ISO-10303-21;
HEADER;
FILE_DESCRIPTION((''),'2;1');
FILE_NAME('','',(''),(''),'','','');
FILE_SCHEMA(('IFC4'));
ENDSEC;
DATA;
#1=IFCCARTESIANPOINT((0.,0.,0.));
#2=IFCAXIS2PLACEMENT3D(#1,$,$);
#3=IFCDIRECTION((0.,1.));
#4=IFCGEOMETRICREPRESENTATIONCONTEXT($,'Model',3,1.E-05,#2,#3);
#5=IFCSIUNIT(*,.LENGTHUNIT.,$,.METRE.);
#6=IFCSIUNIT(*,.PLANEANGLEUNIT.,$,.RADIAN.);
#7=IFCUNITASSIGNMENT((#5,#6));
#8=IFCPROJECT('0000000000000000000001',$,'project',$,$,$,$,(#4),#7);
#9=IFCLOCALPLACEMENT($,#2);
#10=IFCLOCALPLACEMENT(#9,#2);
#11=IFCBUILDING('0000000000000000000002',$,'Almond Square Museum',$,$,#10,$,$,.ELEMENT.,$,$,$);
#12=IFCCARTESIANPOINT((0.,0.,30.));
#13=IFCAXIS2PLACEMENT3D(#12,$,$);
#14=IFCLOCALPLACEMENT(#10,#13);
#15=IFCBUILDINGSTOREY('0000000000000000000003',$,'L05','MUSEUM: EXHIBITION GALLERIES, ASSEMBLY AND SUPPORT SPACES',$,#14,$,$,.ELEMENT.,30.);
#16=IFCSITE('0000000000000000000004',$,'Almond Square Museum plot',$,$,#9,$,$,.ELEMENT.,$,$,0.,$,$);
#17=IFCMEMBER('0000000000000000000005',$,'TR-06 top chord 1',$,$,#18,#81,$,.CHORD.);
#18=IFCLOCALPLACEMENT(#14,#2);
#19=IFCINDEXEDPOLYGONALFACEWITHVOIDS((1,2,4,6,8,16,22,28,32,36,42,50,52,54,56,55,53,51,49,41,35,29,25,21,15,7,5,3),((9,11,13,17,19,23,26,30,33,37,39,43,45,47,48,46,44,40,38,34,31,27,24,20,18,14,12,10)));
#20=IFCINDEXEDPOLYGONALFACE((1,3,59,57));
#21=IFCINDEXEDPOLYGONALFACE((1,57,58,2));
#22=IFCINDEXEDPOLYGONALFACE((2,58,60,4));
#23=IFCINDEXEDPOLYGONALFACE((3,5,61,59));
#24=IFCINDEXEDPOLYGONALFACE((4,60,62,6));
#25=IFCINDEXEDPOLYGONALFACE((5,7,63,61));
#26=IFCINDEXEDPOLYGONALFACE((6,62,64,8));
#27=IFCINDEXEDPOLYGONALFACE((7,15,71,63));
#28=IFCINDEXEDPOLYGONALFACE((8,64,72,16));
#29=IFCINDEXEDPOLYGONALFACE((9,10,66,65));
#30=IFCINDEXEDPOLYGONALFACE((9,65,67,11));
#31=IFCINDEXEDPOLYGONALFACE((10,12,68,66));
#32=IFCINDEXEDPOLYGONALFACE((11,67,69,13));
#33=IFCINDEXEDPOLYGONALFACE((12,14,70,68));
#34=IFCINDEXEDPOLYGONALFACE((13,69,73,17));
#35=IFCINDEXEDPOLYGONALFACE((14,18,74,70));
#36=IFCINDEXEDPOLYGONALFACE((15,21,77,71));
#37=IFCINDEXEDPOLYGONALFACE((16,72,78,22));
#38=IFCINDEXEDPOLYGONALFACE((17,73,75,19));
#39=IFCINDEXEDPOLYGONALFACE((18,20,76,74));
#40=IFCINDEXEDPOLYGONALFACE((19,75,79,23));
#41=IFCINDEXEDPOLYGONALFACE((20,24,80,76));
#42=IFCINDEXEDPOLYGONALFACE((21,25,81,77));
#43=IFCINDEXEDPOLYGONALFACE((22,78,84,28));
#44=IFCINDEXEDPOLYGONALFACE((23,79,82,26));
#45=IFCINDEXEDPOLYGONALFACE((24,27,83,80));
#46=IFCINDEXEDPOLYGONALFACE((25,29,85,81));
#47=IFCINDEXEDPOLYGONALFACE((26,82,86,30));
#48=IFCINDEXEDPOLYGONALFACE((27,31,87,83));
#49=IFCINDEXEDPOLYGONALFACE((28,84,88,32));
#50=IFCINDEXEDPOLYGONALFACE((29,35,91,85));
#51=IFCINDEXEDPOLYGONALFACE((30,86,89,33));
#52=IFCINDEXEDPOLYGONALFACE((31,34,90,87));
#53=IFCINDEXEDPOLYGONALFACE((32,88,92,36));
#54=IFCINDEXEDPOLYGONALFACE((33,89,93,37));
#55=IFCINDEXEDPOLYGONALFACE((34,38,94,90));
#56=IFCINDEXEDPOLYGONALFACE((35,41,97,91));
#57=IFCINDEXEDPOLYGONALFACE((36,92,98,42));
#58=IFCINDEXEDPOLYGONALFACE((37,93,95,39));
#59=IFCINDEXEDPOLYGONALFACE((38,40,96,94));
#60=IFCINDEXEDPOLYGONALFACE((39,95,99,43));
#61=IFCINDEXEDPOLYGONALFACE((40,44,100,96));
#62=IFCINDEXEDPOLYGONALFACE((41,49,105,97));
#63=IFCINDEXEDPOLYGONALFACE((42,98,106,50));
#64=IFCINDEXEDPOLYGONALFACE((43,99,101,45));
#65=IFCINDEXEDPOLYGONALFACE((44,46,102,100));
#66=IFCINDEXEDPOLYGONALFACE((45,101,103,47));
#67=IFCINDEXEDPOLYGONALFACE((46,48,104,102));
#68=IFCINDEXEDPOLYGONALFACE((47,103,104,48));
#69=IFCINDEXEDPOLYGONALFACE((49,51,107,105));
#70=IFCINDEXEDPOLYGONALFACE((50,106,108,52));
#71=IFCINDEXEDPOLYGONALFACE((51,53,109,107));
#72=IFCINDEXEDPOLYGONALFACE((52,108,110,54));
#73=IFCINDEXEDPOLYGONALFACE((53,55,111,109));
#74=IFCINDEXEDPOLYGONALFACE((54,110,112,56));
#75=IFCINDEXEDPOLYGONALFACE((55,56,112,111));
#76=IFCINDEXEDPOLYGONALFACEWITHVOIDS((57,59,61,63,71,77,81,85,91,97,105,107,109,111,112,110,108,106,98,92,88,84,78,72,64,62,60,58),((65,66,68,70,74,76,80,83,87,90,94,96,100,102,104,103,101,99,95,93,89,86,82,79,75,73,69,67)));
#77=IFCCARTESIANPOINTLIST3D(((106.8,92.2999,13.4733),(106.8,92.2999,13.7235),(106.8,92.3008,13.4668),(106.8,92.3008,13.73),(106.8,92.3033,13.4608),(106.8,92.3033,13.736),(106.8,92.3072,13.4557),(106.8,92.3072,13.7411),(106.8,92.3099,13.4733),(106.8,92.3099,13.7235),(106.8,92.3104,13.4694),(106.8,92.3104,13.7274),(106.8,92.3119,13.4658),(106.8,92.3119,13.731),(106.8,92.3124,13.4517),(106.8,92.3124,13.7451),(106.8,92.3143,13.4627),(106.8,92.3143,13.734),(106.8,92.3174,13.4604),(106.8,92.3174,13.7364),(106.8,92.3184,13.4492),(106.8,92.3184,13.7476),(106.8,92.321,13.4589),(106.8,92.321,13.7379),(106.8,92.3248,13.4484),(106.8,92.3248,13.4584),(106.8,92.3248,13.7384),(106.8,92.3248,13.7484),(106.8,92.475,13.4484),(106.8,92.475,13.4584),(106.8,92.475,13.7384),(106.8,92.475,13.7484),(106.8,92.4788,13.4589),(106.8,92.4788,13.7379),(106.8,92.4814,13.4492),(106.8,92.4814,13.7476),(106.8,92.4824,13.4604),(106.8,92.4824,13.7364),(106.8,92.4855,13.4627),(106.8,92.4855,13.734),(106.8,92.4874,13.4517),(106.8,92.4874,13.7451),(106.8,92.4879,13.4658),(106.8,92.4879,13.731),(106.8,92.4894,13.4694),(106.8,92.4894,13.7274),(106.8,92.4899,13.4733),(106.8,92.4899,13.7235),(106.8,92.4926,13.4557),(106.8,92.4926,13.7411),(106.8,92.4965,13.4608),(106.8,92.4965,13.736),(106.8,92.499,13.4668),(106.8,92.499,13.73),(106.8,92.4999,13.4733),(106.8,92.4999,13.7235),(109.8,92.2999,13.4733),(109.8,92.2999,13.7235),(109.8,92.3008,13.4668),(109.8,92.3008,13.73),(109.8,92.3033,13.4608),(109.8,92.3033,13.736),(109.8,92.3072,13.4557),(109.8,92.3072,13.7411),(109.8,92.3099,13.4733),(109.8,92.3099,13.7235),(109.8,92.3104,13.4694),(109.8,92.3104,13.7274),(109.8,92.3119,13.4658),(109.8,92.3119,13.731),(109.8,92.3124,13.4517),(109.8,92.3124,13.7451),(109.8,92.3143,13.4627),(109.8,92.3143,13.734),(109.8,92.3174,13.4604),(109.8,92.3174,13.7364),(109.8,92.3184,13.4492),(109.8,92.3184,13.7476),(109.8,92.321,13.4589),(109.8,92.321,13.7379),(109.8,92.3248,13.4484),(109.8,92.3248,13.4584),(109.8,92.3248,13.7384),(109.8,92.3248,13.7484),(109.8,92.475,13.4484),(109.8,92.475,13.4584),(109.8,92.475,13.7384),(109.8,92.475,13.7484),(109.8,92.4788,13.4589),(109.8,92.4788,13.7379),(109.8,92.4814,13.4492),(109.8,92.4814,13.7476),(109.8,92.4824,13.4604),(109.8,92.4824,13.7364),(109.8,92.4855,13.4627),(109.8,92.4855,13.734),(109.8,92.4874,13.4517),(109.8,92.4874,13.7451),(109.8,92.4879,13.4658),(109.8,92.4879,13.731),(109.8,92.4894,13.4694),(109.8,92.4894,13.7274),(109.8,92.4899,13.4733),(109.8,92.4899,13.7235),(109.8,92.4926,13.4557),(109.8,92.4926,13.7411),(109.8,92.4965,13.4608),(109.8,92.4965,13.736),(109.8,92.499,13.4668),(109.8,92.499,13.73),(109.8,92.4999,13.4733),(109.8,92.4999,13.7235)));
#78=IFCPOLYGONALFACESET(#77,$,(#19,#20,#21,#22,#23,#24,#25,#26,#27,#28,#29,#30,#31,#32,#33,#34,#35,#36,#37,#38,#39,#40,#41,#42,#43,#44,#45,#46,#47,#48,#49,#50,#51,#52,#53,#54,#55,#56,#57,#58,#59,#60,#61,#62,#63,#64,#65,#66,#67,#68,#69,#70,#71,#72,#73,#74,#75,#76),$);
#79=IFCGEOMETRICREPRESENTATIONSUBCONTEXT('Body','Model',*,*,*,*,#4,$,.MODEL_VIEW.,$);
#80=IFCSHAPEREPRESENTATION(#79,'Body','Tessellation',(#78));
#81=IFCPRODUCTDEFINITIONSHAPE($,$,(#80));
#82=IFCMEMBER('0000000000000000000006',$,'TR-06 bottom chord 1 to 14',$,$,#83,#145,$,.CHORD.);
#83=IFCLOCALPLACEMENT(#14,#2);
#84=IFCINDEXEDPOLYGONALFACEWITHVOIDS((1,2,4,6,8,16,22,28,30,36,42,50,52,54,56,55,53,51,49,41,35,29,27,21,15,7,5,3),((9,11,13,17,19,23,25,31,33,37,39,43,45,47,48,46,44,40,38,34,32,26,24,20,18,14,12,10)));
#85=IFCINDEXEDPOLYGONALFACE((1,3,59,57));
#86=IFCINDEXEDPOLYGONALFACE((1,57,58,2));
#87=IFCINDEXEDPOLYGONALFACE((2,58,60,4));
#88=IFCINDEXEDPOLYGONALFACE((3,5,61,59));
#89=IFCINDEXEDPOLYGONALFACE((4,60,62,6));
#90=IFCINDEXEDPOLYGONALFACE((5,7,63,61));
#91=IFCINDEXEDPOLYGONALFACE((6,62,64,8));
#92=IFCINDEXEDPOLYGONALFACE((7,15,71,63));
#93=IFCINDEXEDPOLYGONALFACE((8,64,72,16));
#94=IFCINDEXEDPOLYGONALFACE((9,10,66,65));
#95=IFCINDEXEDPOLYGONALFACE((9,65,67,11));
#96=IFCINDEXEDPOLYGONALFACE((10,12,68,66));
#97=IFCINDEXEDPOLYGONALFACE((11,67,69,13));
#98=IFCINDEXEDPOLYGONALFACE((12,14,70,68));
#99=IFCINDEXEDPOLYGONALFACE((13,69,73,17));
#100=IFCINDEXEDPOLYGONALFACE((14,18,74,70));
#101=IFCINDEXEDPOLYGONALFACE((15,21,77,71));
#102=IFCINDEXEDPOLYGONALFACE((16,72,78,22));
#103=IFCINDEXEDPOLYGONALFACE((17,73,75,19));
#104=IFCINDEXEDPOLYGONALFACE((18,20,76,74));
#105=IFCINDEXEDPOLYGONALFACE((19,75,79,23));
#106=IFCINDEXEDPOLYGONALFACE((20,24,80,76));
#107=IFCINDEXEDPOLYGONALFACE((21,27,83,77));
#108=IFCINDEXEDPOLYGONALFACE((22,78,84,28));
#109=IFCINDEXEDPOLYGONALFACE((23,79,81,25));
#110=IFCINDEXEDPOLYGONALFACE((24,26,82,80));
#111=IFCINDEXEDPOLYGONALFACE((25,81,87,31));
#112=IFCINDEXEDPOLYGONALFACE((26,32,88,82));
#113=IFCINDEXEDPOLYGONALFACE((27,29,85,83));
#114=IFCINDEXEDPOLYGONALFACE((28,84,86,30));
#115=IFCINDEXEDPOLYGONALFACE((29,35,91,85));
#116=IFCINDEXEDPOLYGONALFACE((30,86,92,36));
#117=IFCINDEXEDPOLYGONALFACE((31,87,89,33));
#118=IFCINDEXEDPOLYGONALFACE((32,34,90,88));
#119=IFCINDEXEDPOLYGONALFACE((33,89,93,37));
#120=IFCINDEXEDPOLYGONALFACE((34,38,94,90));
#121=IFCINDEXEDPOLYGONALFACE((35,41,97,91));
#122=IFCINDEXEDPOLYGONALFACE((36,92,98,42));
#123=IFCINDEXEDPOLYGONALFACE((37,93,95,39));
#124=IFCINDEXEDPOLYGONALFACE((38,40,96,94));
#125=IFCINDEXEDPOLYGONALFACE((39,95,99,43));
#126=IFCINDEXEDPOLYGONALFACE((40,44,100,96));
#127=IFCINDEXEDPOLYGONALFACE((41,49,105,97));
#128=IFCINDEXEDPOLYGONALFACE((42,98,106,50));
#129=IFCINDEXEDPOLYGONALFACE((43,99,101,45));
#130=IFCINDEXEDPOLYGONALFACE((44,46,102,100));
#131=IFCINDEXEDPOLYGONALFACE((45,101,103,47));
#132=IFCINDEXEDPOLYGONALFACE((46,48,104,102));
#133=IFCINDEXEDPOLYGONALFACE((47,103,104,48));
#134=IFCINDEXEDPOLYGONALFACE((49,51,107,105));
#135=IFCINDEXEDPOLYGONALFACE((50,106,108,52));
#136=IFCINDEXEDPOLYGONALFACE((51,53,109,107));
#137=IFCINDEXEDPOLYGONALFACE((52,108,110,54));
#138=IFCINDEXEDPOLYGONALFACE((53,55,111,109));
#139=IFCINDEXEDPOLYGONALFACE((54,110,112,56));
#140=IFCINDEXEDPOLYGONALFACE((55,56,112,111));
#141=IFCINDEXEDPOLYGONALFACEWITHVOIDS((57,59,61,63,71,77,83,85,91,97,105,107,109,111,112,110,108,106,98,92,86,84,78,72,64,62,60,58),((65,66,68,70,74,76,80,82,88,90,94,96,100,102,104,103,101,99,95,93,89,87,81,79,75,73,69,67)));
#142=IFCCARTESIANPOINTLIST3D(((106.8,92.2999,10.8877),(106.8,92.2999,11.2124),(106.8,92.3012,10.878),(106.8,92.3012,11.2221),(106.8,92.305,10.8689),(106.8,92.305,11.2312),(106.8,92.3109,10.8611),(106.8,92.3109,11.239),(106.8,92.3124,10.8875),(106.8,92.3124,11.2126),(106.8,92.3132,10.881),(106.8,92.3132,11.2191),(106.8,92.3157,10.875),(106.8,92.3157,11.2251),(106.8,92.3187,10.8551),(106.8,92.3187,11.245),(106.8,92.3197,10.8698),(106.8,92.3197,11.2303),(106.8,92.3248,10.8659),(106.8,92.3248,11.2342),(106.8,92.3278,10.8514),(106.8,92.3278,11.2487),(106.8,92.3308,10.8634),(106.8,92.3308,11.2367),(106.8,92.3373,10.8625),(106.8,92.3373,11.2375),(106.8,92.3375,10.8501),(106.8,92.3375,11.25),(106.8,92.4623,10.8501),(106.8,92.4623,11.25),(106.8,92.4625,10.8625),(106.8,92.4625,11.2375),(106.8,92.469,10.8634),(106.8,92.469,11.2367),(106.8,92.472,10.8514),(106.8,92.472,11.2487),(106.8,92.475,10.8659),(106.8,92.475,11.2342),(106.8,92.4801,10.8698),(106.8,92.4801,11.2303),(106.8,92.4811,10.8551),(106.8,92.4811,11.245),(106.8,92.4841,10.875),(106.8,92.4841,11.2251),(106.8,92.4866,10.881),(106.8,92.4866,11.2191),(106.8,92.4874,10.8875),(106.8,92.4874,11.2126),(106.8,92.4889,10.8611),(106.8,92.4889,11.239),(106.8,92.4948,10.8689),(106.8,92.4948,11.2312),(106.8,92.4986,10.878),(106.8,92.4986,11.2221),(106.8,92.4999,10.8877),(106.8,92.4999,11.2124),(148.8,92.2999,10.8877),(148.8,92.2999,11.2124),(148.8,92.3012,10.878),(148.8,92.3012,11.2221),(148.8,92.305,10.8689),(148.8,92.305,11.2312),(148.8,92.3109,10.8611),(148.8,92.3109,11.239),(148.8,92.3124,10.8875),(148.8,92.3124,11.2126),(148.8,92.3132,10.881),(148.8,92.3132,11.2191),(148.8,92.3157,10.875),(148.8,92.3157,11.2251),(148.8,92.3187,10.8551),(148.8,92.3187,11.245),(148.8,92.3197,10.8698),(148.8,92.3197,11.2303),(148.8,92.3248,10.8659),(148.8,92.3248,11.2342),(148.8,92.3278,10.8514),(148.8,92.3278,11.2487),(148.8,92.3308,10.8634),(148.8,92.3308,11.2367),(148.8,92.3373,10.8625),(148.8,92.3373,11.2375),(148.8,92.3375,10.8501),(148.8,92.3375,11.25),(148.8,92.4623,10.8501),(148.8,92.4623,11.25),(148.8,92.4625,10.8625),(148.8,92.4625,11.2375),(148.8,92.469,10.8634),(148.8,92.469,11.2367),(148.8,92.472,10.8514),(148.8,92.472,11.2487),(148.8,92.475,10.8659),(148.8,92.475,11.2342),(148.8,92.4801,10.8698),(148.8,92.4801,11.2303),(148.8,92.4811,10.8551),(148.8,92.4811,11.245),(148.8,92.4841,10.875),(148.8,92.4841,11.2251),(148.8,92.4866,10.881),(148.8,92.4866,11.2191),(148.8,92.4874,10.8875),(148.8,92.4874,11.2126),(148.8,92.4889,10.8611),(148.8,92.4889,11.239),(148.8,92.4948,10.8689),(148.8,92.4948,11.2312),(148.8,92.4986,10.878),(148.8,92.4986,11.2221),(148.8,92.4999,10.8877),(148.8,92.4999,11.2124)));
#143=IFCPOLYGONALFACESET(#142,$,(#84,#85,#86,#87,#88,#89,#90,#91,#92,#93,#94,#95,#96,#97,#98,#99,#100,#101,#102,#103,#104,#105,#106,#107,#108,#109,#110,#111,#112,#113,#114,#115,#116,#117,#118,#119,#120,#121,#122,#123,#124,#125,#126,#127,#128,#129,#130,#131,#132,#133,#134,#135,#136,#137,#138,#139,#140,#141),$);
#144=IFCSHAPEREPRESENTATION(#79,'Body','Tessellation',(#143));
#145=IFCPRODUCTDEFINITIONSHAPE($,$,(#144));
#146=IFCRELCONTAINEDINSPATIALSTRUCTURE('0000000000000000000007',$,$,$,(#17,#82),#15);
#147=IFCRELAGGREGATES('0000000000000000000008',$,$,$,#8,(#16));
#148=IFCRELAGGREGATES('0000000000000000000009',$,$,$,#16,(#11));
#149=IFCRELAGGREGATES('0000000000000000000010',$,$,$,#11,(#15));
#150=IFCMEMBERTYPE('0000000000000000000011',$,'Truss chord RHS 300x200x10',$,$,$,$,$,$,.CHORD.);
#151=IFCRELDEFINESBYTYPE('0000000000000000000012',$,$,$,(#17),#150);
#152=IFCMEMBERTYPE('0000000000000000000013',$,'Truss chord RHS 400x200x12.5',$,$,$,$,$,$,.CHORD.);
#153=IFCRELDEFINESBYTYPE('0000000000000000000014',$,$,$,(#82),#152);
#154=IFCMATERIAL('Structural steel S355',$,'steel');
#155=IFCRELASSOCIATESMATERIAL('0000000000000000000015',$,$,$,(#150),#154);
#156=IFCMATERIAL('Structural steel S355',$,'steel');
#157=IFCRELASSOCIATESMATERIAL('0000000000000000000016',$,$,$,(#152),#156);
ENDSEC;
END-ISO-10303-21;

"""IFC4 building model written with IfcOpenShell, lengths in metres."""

from ifc_helpers import new_model, si_unit, direction, frame, origin, origin_2d, place, context, subcontext, project, spatial, hollow_rectangle, extrude, material, material_profile, profile_set, type_object, element, save


model = new_model("IFC4")

# Units and contexts
model_context = context("Model", 3, precision=1e-05, world=origin(), true_north=direction((0.0, 1.0)))
body_context = subcontext(model_context, "Body", "Model", "MODEL_VIEW")
ifc_project = project(units=[si_unit("LENGTHUNIT", "METRE"), si_unit("PLANEANGLEUNIT", "RADIAN")], contexts=[model_context])

# Site, building, storey
site_placement = place(None, origin())
site = spatial("IfcSite", under=ifc_project, at=site_placement, Name="Almond Square Museum plot", CompositionType="ELEMENT", RefElevation=0.0)
building_placement = place(site_placement, origin())
building = spatial("IfcBuilding", under=site, at=building_placement, Name="Almond Square Museum", CompositionType="ELEMENT")
storey_placement = place(building_placement, frame((0.0, 0.0, 30.0)))
storey = spatial("IfcBuildingStorey", under=building, at=storey_placement, Name="L05", Description="MUSEUM: EXHIBITION GALLERIES, ASSEMBLY AND SUPPORT SPACES", CompositionType="ELEMENT", Elevation=30.0)

# Members
ifc_material_1 = material(Name="Structural steel S355", Category="steel")
ifc_material_profile_1 = material_profile(ifc_material_1, hollow_rectangle(XDim=0.2, YDim=0.3, WallThickness=0.01, InnerFilletRadius=0.0149, OuterFilletRadius=0.0249, at=origin_2d()))
ifc_profile_set_1 = profile_set([ifc_material_profile_1], Name="Structural steel S355")
member_type_1 = type_object("IfcMemberType", Name="Truss chord RHS 300x200x10", PredefinedType="CHORD", material=ifc_profile_set_1)
member_1_placement = place(storey_placement, frame((106.8, 92.3999, 13.5984), z_axis=(1.0, 0.0, 0.0), x_axis=(0.0, 1.0, 0.0)))
element("IfcMember", 1, at=member_1_placement, inside=storey, type_object=member_type_1, Name="TR-06 top chord 1", PredefinedType="CHORD", context=body_context, shape_type="SweptSolid", body=[
    extrude(hollow_rectangle(XDim=0.2, YDim=0.3, WallThickness=0.01, InnerFilletRadius=0.0149, OuterFilletRadius=0.0249, at=origin_2d()), origin(), (0.0, 0.0, 1.0), 3.0),
])
ifc_material_2 = material(Name="Structural steel S355", Category="steel")
ifc_material_profile_2 = material_profile(ifc_material_2, hollow_rectangle(XDim=0.2, YDim=0.3999, WallThickness=0.0125, InnerFilletRadius=0.0249, OuterFilletRadius=0.0376, at=origin_2d()))
ifc_profile_set_2 = profile_set([ifc_material_profile_2], Name="Structural steel S355")
member_type_2 = type_object("IfcMemberType", Name="Truss chord RHS 400x200x12.5", PredefinedType="CHORD", material=ifc_profile_set_2)
member_2_placement = place(storey_placement, frame((106.8, 92.3999, 11.05), z_axis=(1.0, 0.0, 0.0), x_axis=(0.0, 1.0, 0.0)))
element("IfcMember", 2, at=member_2_placement, inside=storey, type_object=member_type_2, Name="TR-06 bottom chord 1 to 14", PredefinedType="CHORD", context=body_context, shape_type="SweptSolid", body=[
    extrude(hollow_rectangle(XDim=0.2, YDim=0.3999, WallThickness=0.0125, InnerFilletRadius=0.0249, OuterFilletRadius=0.0376, at=origin_2d()), origin(), (0.0, 0.0, 1.0), 42.0),
])

save(model, "model.ifc")
